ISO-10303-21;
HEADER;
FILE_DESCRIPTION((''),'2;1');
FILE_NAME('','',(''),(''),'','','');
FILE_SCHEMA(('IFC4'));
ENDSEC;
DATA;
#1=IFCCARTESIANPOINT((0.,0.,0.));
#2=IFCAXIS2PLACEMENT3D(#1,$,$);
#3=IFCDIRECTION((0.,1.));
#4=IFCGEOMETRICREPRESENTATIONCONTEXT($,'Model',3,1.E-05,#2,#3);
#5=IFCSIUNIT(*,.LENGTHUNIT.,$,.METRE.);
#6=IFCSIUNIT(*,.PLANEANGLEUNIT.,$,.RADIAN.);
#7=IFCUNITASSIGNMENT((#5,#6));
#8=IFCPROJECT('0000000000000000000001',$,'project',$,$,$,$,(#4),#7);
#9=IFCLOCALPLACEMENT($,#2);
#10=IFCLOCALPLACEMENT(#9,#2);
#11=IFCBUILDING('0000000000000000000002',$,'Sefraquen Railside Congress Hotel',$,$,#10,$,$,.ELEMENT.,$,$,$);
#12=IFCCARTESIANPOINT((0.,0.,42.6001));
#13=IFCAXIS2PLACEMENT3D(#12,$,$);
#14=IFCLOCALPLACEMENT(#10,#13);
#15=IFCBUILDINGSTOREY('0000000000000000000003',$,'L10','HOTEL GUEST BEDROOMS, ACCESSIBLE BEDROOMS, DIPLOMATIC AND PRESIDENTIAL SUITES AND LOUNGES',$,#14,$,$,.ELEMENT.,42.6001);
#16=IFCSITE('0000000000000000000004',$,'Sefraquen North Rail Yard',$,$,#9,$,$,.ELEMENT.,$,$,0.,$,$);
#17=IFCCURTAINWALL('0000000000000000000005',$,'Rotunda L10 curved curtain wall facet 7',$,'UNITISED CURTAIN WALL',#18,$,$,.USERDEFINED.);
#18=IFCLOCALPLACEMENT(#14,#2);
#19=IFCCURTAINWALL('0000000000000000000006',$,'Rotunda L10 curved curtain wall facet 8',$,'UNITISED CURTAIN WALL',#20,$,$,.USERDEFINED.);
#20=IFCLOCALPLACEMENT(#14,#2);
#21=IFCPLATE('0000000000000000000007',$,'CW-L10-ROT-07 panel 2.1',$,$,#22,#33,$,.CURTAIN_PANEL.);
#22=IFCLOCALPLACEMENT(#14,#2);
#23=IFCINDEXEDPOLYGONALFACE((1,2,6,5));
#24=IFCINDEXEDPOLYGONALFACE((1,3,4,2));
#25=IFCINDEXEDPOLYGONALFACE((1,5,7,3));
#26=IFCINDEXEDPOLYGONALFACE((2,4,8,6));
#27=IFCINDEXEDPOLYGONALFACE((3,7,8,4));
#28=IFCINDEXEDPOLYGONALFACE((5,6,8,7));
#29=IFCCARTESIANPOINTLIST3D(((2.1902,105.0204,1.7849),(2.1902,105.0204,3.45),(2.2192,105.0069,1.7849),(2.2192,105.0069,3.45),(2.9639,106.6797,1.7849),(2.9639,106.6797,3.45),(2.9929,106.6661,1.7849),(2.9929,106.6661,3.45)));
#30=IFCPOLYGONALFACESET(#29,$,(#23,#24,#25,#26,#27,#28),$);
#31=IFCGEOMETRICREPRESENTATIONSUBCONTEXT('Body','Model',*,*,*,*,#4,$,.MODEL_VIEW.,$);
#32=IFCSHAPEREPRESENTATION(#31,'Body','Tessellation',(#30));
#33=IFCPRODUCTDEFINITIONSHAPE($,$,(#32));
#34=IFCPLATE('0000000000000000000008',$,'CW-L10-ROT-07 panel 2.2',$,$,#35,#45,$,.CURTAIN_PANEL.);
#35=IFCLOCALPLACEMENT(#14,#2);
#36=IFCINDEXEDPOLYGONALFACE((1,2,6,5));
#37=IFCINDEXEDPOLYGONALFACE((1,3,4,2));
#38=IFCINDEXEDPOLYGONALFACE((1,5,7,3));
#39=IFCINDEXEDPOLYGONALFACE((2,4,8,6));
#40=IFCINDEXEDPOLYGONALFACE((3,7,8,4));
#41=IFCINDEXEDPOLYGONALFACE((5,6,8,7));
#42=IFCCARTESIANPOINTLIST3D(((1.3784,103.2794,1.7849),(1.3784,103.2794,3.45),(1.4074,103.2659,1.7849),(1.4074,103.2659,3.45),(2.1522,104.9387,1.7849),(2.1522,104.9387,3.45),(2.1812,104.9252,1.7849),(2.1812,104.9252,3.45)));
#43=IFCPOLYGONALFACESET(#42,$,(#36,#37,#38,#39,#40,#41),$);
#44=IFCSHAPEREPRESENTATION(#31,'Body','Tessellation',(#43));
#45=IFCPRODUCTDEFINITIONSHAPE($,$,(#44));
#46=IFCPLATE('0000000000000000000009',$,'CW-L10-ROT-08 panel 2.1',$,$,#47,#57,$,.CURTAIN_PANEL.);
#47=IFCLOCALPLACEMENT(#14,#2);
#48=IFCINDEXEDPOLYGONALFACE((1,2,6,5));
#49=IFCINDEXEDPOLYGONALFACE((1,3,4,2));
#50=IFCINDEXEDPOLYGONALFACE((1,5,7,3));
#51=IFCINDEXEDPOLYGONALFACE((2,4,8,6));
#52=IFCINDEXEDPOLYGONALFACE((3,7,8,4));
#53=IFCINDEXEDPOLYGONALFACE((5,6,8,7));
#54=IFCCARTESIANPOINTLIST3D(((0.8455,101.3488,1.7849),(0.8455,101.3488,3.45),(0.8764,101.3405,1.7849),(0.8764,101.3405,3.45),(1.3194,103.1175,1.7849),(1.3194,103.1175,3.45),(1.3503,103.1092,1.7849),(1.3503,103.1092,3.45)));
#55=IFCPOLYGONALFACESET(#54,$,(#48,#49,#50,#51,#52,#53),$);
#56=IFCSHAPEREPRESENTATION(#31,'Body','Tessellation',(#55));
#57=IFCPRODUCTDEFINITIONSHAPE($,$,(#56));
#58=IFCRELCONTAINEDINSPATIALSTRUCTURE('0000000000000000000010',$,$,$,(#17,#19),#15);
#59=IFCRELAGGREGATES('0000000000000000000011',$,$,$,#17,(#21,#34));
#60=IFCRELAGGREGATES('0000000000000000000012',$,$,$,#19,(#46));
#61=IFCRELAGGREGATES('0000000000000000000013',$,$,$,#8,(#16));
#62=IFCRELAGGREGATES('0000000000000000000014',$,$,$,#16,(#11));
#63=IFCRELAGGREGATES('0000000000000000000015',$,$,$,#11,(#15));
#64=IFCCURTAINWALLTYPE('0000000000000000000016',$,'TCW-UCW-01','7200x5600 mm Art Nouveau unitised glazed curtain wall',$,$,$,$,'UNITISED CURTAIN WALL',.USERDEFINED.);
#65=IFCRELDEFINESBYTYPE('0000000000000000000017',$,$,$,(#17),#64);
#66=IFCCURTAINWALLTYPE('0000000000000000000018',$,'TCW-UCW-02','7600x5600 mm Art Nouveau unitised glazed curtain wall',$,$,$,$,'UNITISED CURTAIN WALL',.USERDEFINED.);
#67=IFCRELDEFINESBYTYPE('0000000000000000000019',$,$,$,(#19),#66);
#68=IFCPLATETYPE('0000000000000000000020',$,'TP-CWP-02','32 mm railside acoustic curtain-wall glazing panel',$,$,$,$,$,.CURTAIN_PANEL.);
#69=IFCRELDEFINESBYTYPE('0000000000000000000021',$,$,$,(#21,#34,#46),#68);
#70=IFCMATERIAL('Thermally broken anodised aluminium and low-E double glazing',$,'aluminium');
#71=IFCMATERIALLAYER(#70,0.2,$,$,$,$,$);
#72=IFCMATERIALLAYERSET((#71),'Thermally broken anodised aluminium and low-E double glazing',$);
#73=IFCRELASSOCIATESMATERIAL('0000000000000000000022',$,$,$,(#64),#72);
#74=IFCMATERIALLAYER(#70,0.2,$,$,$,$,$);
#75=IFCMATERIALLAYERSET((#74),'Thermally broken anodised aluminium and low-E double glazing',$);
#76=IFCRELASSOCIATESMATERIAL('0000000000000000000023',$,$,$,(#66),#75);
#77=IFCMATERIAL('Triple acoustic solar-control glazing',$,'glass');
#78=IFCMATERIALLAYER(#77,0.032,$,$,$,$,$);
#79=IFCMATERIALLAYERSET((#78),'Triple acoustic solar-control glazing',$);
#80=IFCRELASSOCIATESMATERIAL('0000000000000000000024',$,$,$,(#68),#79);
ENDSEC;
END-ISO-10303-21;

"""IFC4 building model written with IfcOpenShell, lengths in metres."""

from ifc_helpers import new_model, si_unit, direction, frame, origin, origin_2d, place, context, subcontext, project, spatial, rectangle, extrude, material, layer, layer_set, type_object, element, aggregate, save


model = new_model("IFC4")

# Units and contexts
model_context = context("Model", 3, precision=1e-05, world=origin(), true_north=direction((0.0, 1.0)))
body_context = subcontext(model_context, "Body", "Model", "MODEL_VIEW")
ifc_project = project(units=[si_unit("LENGTHUNIT", "METRE"), si_unit("PLANEANGLEUNIT", "RADIAN")], contexts=[model_context])

# Site, building, storey
site_placement = place(None, origin())
site = spatial("IfcSite", under=ifc_project, at=site_placement, Name="Sefraquen North Rail Yard", CompositionType="ELEMENT", RefElevation=0.0)
building_placement = place(site_placement, origin())
building = spatial("IfcBuilding", under=site, at=building_placement, Name="Sefraquen Railside Congress Hotel", CompositionType="ELEMENT")
storey_placement = place(building_placement, frame((0.0, 0.0, 42.6001)))
storey = spatial("IfcBuildingStorey", under=building, at=storey_placement, Name="L10", Description="HOTEL GUEST BEDROOMS, ACCESSIBLE BEDROOMS, DIPLOMATIC AND PRESIDENTIAL SUITES AND LOUNGES", CompositionType="ELEMENT", Elevation=42.6001)

# Curtain wall
ifc_material_1 = material(Name="Thermally broken anodised aluminium and low-E double glazing", Category="aluminium")
ifc_layer_1 = layer(ifc_material_1, 0.2)
ifc_layer_set_1 = layer_set([ifc_layer_1], Name="Thermally broken anodised aluminium and low-E double glazing")
curtain_wall_type_1 = type_object("IfcCurtainWallType", Name="TCW-UCW-01", Description="7200x5600 mm Art Nouveau unitised glazed curtain wall", ElementType="UNITISED CURTAIN WALL", PredefinedType="USERDEFINED", material=ifc_layer_set_1)
curtain_wall_1_placement = place(storey_placement, origin())
curtain_wall_1 = element("IfcCurtainWall", 1, at=curtain_wall_1_placement, inside=storey, type_object=curtain_wall_type_1, Name="Rotunda L10 curved curtain wall facet 7", ObjectType="UNITISED CURTAIN WALL", PredefinedType="USERDEFINED")

# Curtain wall
ifc_layer_2 = layer(ifc_material_1, 0.2)
ifc_layer_set_2 = layer_set([ifc_layer_2], Name="Thermally broken anodised aluminium and low-E double glazing")
curtain_wall_type_2 = type_object("IfcCurtainWallType", Name="TCW-UCW-02", Description="7600x5600 mm Art Nouveau unitised glazed curtain wall", ElementType="UNITISED CURTAIN WALL", PredefinedType="USERDEFINED", material=ifc_layer_set_2)
curtain_wall_2_placement = place(storey_placement, origin())
curtain_wall_2 = element("IfcCurtainWall", 2, at=curtain_wall_2_placement, inside=storey, type_object=curtain_wall_type_2, Name="Rotunda L10 curved curtain wall facet 8", ObjectType="UNITISED CURTAIN WALL", PredefinedType="USERDEFINED")

# Plates
ifc_material_2 = material(Name="Triple acoustic solar-control glazing", Category="glass")
ifc_layer_3 = layer(ifc_material_2, 0.032)
ifc_layer_set_3 = layer_set([ifc_layer_3], Name="Triple acoustic solar-control glazing")
plate_type_1 = type_object("IfcPlateType", Name="TP-CWP-02", Description="32 mm railside acoustic curtain-wall glazing panel", PredefinedType="CURTAIN_PANEL", material=ifc_layer_set_3)
plate_1_placement = place(storey_placement, frame((2.5916, 105.8433, 1.7849), z_axis=(0.0, 0.0, 1.0), x_axis=(-0.422634, -0.9063, 0.0)))
plate_1 = element("IfcPlate", 3, at=plate_1_placement, type_object=plate_type_1, Name="CW-L10-ROT-07 panel 2.1", PredefinedType="CURTAIN_PANEL", context=body_context, shape_type="SweptSolid", body=[
    extrude(rectangle(XDim=1.8308, YDim=0.032, at=origin_2d()), origin(), (0.0, 0.0, 1.0), 1.665),
])
plate_2_placement = place(storey_placement, frame((1.7798, 104.1023, 1.7849), z_axis=(0.0, 0.0, 1.0), x_axis=(-0.422634, -0.9063, 0.0)))
plate_2 = element("IfcPlate", 4, at=plate_2_placement, type_object=plate_type_1, Name="CW-L10-ROT-07 panel 2.2", PredefinedType="CURTAIN_PANEL", context=body_context, shape_type="SweptSolid", body=[
    extrude(rectangle(XDim=1.8308, YDim=0.032, at=origin_2d()), origin(), (0.0, 0.0, 1.0), 1.665),
])
aggregate(curtain_wall_1, [plate_1, plate_2])
plate_3_placement = place(storey_placement, frame((1.0979, 102.229, 1.7849), z_axis=(0.0, 0.0, 1.0), x_axis=(-0.258785, -0.965935, 0.0)))
plate_3 = element("IfcPlate", 5, at=plate_3_placement, type_object=plate_type_1, Name="CW-L10-ROT-08 panel 2.1", PredefinedType="CURTAIN_PANEL", context=body_context, shape_type="SweptSolid", body=[
    extrude(rectangle(XDim=1.8311, YDim=0.032, at=origin_2d()), origin(), (0.0, 0.0, 1.0), 1.665),
])
aggregate(curtain_wall_2, [plate_3])

save(model, "model.ifc")
